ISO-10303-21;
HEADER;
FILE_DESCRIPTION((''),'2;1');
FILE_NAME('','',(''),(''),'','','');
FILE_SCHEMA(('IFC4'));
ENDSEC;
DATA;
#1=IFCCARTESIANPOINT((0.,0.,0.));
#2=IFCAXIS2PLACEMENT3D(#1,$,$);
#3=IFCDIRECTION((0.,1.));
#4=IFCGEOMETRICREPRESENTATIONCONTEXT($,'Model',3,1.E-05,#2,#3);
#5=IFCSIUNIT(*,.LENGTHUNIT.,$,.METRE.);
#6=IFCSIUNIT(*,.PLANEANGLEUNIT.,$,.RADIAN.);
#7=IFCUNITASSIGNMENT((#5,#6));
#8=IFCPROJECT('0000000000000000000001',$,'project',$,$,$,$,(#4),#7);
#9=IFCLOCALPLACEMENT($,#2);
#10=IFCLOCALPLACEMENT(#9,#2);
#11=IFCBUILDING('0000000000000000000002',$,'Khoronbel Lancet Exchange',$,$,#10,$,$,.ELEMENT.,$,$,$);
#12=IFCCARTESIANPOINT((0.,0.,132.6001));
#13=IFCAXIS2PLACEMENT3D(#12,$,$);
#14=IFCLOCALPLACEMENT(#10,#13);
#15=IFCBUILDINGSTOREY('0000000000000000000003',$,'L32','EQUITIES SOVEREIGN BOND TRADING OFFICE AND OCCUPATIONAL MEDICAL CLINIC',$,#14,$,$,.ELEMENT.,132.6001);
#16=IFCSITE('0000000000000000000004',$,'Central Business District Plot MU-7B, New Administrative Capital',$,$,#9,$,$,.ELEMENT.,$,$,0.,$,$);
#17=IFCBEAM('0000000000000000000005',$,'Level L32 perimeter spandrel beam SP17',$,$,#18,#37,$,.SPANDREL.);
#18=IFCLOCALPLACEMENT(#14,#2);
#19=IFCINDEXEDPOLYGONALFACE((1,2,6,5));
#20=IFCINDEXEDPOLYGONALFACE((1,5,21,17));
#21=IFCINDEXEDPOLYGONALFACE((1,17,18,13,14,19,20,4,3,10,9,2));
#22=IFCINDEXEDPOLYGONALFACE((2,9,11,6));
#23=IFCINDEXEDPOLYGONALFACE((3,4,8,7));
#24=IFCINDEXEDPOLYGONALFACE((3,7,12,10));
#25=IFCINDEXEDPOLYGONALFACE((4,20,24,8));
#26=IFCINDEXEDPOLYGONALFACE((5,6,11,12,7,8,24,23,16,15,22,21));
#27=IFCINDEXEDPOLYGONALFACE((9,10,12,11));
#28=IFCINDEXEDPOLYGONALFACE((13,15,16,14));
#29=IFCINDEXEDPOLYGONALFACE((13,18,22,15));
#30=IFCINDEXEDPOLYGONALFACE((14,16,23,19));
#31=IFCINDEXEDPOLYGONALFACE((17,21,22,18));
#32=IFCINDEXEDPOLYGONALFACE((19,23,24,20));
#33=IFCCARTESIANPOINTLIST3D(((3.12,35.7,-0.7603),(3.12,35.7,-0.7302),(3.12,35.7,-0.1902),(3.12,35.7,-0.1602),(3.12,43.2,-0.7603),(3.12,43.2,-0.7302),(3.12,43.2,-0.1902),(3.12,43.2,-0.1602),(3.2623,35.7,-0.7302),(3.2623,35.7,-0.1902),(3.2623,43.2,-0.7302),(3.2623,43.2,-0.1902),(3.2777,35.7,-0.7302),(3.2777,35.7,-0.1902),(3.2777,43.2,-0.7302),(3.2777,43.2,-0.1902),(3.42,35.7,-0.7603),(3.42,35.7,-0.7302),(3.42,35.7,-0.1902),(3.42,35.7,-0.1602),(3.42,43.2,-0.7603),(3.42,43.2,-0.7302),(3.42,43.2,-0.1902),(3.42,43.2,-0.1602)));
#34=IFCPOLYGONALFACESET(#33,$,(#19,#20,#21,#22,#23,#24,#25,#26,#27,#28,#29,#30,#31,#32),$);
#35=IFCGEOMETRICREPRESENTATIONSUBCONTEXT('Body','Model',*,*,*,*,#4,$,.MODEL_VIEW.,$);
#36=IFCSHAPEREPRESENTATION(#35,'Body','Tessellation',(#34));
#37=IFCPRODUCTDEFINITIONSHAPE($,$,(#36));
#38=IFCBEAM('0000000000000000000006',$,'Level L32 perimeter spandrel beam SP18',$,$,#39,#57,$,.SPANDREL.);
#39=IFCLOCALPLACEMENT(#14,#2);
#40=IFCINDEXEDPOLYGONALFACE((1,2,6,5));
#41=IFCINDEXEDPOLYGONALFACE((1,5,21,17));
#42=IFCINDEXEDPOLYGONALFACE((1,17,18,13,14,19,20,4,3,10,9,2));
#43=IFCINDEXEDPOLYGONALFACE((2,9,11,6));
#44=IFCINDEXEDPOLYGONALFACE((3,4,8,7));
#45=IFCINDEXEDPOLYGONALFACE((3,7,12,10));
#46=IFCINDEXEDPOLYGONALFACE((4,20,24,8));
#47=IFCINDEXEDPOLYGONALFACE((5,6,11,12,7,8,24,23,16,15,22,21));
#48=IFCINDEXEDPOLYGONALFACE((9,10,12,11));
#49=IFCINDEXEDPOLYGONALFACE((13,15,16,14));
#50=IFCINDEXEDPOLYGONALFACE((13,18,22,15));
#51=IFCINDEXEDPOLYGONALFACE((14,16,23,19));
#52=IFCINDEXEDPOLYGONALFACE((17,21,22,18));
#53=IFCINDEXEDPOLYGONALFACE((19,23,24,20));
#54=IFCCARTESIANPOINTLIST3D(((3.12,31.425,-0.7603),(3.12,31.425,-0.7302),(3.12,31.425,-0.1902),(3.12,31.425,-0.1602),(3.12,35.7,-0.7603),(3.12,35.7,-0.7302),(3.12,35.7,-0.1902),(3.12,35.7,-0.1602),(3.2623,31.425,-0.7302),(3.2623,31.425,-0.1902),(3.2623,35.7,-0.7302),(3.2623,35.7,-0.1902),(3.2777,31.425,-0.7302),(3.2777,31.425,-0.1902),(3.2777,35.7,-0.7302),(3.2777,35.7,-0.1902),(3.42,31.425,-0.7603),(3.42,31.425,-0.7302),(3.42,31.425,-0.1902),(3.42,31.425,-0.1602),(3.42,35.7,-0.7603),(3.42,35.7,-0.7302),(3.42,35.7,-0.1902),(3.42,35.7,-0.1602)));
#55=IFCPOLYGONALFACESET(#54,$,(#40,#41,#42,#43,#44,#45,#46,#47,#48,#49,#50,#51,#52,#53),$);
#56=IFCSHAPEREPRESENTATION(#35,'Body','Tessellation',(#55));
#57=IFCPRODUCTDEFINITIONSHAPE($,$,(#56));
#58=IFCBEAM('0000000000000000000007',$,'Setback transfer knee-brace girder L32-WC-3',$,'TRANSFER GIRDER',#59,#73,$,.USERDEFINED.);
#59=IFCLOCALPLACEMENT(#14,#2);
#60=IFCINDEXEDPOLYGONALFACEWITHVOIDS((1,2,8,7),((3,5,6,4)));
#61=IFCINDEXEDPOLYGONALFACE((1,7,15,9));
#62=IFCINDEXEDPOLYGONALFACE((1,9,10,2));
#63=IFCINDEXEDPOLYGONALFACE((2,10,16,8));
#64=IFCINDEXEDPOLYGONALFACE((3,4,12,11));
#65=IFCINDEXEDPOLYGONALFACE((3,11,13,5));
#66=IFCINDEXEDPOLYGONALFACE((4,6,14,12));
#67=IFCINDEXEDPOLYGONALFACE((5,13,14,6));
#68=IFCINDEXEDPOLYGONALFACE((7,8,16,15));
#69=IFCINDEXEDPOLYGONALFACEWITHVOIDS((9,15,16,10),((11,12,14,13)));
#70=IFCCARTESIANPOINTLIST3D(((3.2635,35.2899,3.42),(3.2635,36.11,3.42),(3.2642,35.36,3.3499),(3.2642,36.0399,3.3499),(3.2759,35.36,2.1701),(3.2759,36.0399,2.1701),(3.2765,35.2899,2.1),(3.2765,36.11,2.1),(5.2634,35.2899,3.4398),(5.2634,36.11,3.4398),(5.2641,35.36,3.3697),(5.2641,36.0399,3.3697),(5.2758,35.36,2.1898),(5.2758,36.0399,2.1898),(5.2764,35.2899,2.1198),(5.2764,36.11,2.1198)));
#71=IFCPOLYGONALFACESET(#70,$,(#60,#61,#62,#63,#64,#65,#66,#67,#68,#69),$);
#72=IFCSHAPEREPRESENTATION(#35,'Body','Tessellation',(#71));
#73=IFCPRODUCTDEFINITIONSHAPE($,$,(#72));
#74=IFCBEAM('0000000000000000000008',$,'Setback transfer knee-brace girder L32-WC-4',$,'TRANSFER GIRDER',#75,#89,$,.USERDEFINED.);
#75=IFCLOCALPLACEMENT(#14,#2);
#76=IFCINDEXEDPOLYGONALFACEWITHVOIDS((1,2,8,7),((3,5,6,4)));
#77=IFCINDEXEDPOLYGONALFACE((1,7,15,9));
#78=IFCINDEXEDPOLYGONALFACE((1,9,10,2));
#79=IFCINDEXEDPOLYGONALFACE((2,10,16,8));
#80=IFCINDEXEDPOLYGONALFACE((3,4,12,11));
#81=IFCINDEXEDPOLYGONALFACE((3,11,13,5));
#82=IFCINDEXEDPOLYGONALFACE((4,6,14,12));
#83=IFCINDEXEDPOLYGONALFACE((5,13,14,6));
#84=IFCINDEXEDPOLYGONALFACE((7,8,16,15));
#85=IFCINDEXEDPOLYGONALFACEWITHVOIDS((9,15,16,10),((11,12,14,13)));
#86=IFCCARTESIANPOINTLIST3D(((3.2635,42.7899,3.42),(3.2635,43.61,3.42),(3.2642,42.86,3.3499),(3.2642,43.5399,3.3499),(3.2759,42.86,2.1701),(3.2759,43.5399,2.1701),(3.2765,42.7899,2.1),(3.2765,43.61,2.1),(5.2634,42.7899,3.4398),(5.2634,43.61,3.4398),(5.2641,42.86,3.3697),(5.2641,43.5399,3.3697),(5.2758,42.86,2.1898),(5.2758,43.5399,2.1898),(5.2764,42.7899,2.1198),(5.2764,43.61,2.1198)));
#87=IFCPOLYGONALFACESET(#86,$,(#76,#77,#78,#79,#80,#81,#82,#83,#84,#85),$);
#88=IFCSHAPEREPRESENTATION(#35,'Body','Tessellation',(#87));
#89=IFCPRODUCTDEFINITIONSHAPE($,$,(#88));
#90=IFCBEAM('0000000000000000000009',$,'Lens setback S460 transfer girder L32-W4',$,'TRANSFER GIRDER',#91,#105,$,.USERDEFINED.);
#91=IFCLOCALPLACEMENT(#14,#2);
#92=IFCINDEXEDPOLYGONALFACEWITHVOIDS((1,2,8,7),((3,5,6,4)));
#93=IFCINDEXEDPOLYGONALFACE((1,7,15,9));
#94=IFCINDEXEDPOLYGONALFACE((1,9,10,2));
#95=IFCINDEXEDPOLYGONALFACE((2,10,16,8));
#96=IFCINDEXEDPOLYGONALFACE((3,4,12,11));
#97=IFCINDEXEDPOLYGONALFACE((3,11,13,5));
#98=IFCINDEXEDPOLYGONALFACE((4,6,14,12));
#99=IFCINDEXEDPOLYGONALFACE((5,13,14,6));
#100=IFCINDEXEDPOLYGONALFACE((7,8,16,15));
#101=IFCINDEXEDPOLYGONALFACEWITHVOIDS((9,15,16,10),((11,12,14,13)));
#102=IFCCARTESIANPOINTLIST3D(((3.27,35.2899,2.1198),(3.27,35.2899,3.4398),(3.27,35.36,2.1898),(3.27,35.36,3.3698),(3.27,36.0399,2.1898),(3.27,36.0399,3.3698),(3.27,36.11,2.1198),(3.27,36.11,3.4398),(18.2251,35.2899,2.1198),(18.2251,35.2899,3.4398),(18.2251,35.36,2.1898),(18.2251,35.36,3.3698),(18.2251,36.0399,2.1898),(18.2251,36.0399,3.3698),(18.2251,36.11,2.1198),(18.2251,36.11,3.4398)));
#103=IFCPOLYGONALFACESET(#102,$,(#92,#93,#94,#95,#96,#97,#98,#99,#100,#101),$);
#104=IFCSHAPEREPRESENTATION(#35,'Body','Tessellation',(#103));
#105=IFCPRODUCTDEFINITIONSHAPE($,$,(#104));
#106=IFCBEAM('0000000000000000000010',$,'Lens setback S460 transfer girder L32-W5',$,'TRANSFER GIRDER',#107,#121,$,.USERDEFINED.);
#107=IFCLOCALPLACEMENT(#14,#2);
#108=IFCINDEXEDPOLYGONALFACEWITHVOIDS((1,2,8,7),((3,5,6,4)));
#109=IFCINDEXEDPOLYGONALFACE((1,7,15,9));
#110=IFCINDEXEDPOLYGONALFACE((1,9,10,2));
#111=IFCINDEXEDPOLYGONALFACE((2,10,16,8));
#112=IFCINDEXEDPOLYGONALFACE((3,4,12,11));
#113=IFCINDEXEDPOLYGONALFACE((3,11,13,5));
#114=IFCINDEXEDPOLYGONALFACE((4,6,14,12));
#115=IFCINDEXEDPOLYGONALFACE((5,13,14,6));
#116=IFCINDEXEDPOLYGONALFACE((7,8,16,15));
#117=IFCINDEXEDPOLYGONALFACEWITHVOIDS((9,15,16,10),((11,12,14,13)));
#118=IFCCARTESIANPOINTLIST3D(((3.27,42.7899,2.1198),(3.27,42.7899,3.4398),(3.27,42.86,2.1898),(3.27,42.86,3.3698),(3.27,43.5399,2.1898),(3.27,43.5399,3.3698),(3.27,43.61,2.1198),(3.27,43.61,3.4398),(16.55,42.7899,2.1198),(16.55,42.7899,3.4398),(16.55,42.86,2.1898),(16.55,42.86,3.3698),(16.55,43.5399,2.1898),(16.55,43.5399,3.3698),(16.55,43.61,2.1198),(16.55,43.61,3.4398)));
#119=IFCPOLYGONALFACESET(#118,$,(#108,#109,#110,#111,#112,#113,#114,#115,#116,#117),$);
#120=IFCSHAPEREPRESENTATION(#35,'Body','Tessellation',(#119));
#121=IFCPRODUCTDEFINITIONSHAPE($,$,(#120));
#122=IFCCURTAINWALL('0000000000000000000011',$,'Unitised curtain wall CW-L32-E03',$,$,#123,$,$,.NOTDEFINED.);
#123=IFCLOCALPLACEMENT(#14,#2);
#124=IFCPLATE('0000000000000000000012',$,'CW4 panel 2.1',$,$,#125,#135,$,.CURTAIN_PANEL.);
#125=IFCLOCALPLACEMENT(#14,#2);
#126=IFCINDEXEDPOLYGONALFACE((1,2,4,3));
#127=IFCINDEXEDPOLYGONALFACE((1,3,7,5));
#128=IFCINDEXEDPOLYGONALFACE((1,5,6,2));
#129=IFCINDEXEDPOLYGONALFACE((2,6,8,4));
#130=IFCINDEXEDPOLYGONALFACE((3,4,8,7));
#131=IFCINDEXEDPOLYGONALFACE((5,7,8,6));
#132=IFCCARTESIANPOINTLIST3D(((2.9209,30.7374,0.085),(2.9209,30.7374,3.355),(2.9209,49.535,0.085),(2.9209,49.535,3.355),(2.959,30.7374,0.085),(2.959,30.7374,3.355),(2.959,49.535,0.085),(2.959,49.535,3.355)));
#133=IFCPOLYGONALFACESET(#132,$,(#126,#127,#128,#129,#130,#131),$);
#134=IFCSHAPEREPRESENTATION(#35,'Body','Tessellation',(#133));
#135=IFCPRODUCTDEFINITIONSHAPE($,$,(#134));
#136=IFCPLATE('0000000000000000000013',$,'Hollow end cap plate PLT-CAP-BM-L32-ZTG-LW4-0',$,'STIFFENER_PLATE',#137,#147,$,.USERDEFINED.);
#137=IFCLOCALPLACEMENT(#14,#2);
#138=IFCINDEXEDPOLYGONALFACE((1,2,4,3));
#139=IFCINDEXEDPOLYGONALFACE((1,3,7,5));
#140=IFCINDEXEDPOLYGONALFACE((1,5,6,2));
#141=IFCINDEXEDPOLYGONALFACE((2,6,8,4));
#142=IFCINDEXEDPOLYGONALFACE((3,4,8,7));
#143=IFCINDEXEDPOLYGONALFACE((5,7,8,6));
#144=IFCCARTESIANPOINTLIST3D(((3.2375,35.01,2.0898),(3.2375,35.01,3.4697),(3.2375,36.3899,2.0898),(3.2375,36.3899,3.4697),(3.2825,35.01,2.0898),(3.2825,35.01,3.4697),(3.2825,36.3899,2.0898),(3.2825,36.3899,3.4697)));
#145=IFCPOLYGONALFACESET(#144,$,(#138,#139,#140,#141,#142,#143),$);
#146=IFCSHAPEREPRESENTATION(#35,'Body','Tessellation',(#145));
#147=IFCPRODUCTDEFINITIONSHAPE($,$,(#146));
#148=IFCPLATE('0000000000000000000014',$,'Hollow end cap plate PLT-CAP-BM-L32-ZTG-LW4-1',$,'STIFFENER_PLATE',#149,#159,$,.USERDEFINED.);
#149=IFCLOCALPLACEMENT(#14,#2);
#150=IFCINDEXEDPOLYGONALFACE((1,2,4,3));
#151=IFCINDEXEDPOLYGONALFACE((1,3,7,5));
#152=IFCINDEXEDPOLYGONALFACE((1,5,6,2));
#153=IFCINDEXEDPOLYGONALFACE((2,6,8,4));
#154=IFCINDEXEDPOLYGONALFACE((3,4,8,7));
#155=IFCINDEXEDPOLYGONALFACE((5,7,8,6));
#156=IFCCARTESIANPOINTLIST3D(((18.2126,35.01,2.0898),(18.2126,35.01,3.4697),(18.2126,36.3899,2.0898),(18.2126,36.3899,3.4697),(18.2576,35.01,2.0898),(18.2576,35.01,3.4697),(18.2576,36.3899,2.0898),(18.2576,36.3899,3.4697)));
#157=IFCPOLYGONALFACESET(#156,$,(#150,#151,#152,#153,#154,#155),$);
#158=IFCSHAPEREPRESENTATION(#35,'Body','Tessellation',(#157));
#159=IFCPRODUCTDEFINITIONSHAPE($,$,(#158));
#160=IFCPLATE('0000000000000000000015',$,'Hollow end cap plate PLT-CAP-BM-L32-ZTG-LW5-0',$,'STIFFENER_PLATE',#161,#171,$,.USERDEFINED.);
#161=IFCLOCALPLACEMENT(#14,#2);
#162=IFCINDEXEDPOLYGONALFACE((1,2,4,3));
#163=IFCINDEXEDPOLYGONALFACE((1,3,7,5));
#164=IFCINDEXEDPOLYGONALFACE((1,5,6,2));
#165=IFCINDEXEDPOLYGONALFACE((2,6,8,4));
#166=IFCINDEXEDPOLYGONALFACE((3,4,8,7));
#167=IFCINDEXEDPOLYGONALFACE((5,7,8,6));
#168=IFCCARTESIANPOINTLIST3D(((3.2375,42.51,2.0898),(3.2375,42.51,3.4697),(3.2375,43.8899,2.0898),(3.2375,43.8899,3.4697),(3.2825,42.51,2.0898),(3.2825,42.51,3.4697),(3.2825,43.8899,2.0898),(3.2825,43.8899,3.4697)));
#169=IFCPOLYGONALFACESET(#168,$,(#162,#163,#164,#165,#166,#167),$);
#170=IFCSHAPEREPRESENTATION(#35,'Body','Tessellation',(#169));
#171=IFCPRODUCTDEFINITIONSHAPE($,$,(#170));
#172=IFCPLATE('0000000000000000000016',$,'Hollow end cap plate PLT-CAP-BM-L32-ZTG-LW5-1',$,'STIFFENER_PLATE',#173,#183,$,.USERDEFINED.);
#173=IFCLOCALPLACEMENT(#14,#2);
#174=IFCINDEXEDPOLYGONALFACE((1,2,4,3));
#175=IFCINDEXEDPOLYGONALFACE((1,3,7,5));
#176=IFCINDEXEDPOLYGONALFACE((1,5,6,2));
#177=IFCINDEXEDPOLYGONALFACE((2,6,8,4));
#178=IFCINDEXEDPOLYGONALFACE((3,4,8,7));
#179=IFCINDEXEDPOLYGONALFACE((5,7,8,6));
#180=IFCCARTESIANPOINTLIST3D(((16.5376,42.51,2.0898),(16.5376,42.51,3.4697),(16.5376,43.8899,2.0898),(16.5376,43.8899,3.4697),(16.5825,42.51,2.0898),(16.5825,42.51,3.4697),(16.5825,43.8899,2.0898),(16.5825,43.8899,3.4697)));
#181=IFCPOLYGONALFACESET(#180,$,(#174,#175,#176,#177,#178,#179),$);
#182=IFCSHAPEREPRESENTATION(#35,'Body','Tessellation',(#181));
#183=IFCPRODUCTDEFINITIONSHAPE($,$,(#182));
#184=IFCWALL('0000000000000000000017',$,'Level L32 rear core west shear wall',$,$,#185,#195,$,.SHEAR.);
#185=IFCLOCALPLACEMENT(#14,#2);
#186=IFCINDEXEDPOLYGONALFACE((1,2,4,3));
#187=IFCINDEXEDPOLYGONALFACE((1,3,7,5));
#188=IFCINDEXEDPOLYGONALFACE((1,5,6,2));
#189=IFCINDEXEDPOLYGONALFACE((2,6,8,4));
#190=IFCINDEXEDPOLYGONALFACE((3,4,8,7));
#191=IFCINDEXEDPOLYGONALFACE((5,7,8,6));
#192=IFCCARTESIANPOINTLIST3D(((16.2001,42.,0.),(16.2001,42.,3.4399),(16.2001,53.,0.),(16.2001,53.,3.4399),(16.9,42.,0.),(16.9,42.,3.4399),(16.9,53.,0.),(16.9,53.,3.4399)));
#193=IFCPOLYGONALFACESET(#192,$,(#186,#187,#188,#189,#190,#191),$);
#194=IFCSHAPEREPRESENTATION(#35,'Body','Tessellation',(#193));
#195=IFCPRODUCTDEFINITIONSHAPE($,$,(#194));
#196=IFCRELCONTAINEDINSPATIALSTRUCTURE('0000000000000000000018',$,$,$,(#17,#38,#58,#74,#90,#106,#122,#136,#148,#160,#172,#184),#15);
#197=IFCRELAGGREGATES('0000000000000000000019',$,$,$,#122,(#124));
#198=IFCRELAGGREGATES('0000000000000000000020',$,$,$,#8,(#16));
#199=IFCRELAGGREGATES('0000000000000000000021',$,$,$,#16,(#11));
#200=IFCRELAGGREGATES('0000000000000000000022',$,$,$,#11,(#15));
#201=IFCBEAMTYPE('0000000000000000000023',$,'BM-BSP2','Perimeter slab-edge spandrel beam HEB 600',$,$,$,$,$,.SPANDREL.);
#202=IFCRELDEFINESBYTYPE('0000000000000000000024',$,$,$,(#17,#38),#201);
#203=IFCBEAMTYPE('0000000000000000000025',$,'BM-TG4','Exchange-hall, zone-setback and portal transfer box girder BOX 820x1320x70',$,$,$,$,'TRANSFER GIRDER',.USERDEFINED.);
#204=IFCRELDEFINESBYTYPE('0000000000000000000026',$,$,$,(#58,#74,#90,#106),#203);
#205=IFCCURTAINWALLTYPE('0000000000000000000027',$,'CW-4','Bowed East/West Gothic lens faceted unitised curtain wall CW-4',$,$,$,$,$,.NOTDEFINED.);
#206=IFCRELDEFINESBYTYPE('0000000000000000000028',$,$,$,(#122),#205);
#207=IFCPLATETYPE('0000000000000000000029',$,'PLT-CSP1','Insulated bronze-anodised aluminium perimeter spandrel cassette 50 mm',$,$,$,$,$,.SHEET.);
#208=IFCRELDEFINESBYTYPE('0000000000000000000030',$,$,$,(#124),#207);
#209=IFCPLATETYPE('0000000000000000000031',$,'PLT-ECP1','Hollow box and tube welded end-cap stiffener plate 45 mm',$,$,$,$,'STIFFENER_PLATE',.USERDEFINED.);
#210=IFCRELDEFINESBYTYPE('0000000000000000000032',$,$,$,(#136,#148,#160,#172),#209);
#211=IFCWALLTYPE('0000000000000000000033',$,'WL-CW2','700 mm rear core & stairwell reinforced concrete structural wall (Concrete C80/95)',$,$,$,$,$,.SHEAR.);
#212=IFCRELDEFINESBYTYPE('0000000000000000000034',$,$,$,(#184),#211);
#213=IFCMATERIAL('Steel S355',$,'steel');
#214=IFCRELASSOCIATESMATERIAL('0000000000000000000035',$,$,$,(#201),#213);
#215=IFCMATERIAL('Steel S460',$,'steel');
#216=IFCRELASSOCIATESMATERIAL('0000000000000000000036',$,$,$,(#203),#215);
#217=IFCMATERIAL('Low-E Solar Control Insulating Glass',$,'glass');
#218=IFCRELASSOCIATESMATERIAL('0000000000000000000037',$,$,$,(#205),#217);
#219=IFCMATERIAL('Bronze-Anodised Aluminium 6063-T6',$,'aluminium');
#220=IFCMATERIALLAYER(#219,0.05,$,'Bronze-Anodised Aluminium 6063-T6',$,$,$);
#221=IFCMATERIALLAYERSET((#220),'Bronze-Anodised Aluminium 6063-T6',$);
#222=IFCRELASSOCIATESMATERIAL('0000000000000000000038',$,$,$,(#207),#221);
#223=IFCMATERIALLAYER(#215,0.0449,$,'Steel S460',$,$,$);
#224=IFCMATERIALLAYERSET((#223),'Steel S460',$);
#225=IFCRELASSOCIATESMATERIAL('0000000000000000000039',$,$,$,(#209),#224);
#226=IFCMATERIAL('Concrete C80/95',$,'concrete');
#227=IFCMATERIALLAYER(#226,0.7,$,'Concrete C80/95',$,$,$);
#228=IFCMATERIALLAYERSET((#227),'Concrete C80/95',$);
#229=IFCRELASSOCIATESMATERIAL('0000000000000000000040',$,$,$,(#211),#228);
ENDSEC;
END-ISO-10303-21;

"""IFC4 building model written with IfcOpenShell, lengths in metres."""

from ifc_helpers import new_model, si_unit, direction, frame, frame_2d, origin, origin_2d, place, context, subcontext, project, spatial, rectangle, hollow_rectangle, i_section, extrude, material, layer, layer_set, material_profile, profile_set, type_object, element, aggregate, save


model = new_model("IFC4")

# Units and contexts
model_context = context("Model", 3, precision=1e-05, world=origin(), true_north=direction((0.0, 1.0)))
body_context = subcontext(model_context, "Body", "Model", "MODEL_VIEW")
ifc_project = project(units=[si_unit("LENGTHUNIT", "METRE"), si_unit("PLANEANGLEUNIT", "RADIAN")], contexts=[model_context])

# Site, building, storey
site_placement = place(None, origin())
site = spatial("IfcSite", under=ifc_project, at=site_placement, Name="Central Business District Plot MU-7B, New Administrative Capital", CompositionType="ELEMENT", RefElevation=0.0)
building_placement = place(site_placement, origin())
building = spatial("IfcBuilding", under=site, at=building_placement, Name="Khoronbel Lancet Exchange", CompositionType="ELEMENT")
storey_placement = place(building_placement, frame((0.0, 0.0, 132.6001)))
storey = spatial("IfcBuildingStorey", under=building, at=storey_placement, Name="L32", Description="EQUITIES SOVEREIGN BOND TRADING OFFICE AND OCCUPATIONAL MEDICAL CLINIC", CompositionType="ELEMENT", Elevation=132.6001)

# Shared definitions
ifc_material_1 = material(Name="Steel S460", Category="steel")
ifc_material_2 = material(Name="Steel S355", Category="steel")

# Beams
ifc_material_profile_1 = material_profile(ifc_material_2, i_section(OverallWidth=0.3, OverallDepth=0.6001, WebThickness=0.0154, FlangeThickness=0.03, at=origin_2d()), Name="HEB 600")
ifc_profile_set_1 = profile_set([ifc_material_profile_1], Name="Steel S355")
beam_type_1 = type_object("IfcBeamType", Name="BM-BSP2", Description="Perimeter slab-edge spandrel beam HEB 600", PredefinedType="SPANDREL", material=ifc_profile_set_1)
beam_1_placement = place(storey_placement, frame((3.27, 43.2, -0.4602), z_axis=(0.0, -1.0, 0.0), x_axis=(1.0, 0.0, 0.0)))
element("IfcBeam", 1, at=beam_1_placement, inside=storey, type_object=beam_type_1, Name="Level L32 perimeter spandrel beam SP17", PredefinedType="SPANDREL", context=body_context, shape_type="SweptSolid", body=[
    extrude(i_section(OverallWidth=0.3, OverallDepth=0.6001, WebThickness=0.0154, FlangeThickness=0.03, at=origin_2d()), origin(), (0.0, 0.0, 1.0), 7.5),
])
beam_2_placement = place(storey_placement, frame((3.27, 35.7, -0.4602), z_axis=(0.0, -1.0, 0.0), x_axis=(1.0, 0.0, 0.0)))
element("IfcBeam", 2, at=beam_2_placement, inside=storey, type_object=beam_type_1, Name="Level L32 perimeter spandrel beam SP18", PredefinedType="SPANDREL", context=body_context, shape_type="SweptSolid", body=[
    extrude(i_section(OverallWidth=0.3, OverallDepth=0.6001, WebThickness=0.0154, FlangeThickness=0.03, at=origin_2d()), origin(), (0.0, 0.0, 1.0), 4.2749),
])
ifc_material_profile_2 = material_profile(ifc_material_1, hollow_rectangle(XDim=0.8201, YDim=1.3201, WallThickness=0.0701, at=origin_2d()), Name="BOX 820x1320x70")
ifc_profile_set_2 = profile_set([ifc_material_profile_2], Name="Steel S460")
beam_type_2 = type_object("IfcBeamType", Name="BM-TG4", Description="Exchange-hall, zone-setback and portal transfer box girder BOX 820x1320x70", ElementType="TRANSFER GIRDER", PredefinedType="USERDEFINED", material=ifc_profile_set_2)
for number, where, z_axis, x_axis, name in (
    (3, (3.27, 35.7, 2.76), (0.999951, 0.0, 0.009887), (0.0, 1.0, 0.0), "Setback transfer knee-brace girder L32-WC-3"),
    (4, (3.27, 43.2, 2.76), (0.999951, 0.0, 0.009887), (0.0, 1.0, 0.0), "Setback transfer knee-brace girder L32-WC-4"),
):
    element("IfcBeam", number, at=place(storey_placement, frame(where, z_axis=z_axis, x_axis=x_axis)), inside=storey, type_object=beam_type_2, Name=name, ObjectType="TRANSFER GIRDER", PredefinedType="USERDEFINED", context=body_context, shape_type="SweptSolid", body=[
        extrude(hollow_rectangle(XDim=0.8201, YDim=1.3201, WallThickness=0.0701, at=origin_2d()), origin(), (0.0, 0.0, 1.0), 2.0),
    ])
beam_3_placement = place(storey_placement, frame((3.27, 35.7, 2.7798), z_axis=(1.0, 0.0, 0.0), x_axis=(0.0, 1.0, 0.0)))
element("IfcBeam", 5, at=beam_3_placement, inside=storey, type_object=beam_type_2, Name="Lens setback S460 transfer girder L32-W4", ObjectType="TRANSFER GIRDER", PredefinedType="USERDEFINED", context=body_context, shape_type="SweptSolid", body=[
    extrude(hollow_rectangle(XDim=0.8201, YDim=1.3201, WallThickness=0.0701, at=origin_2d()), origin(), (0.0, 0.0, 1.0), 14.9551),
])
beam_4_placement = place(storey_placement, frame((3.27, 43.2, 2.7798), z_axis=(1.0, 0.0, 0.0), x_axis=(0.0, 1.0, 0.0)))
element("IfcBeam", 6, at=beam_4_placement, inside=storey, type_object=beam_type_2, Name="Lens setback S460 transfer girder L32-W5", ObjectType="TRANSFER GIRDER", PredefinedType="USERDEFINED", context=body_context, shape_type="SweptSolid", body=[
    extrude(hollow_rectangle(XDim=0.8201, YDim=1.3201, WallThickness=0.0701, at=origin_2d()), origin(), (0.0, 0.0, 1.0), 13.28),
])

# Curtain wall, plate
ifc_material_3 = material(Name="Low-E Solar Control Insulating Glass", Category="glass")
curtain_wall_type = type_object("IfcCurtainWallType", Name="CW-4", Description="Bowed East/West Gothic lens faceted unitised curtain wall CW-4", PredefinedType="NOTDEFINED", material=ifc_material_3)
curtain_wall_placement = place(storey_placement, origin())
curtain_wall = element("IfcCurtainWall", 7, at=curtain_wall_placement, inside=storey, type_object=curtain_wall_type, Name="Unitised curtain wall CW-L32-E03", PredefinedType="NOTDEFINED")
ifc_material_4 = material(Name="Bronze-Anodised Aluminium 6063-T6", Category="aluminium")
ifc_layer_1 = layer(ifc_material_4, 0.05, Name="Bronze-Anodised Aluminium 6063-T6")
ifc_layer_set_1 = layer_set([ifc_layer_1], Name="Bronze-Anodised Aluminium 6063-T6")
plate_type_1 = type_object("IfcPlateType", Name="PLT-CSP1", Description="Insulated bronze-anodised aluminium perimeter spandrel cassette 50 mm", PredefinedType="SHEET", material=ifc_layer_set_1)
plate_placement = place(storey_placement, frame((2.9399, 40.1362, 0.085), z_axis=(0.0, 0.0, 1.0), x_axis=(0.0, 1.0, 0.0)))
plate = element("IfcPlate", 8, at=plate_placement, type_object=plate_type_1, Name="CW4 panel 2.1", PredefinedType="CURTAIN_PANEL", context=body_context, shape_type="SweptSolid", body=[
    extrude(rectangle(XDim=18.7976, YDim=0.0381, at=origin_2d()), origin(), (0.0, 0.0, 1.0), 3.27),
])
aggregate(curtain_wall, [plate])

# Plates
ifc_layer_2 = layer(ifc_material_1, 0.0449, Name="Steel S460")
ifc_layer_set_2 = layer_set([ifc_layer_2], Name="Steel S460")
plate_type_2 = type_object("IfcPlateType", Name="PLT-ECP1", Description="Hollow box and tube welded end-cap stiffener plate 45 mm", ElementType="STIFFENER_PLATE", PredefinedType="USERDEFINED", material=ifc_layer_set_2)
for number, where, z_axis, x_axis, name in (
    (9, (3.26, 35.7, 2.0898), (0.0, 0.0, 1.0), (-1.0, 0.0, 0.0), "Hollow end cap plate PLT-CAP-BM-L32-ZTG-LW4-0"),
    (10, (18.2351, 35.7, 2.0898), (0.0, 0.0, 1.0), (1.0, 0.0, 0.0), "Hollow end cap plate PLT-CAP-BM-L32-ZTG-LW4-1"),
    (11, (3.26, 43.2, 2.0898), (0.0, 0.0, 1.0), (-1.0, 0.0, 0.0), "Hollow end cap plate PLT-CAP-BM-L32-ZTG-LW5-0"),
    (12, (16.5601, 43.2, 2.0898), (0.0, 0.0, 1.0), (1.0, 0.0, 0.0), "Hollow end cap plate PLT-CAP-BM-L32-ZTG-LW5-1"),
):
    element("IfcPlate", number, at=place(storey_placement, frame(where, z_axis=z_axis, x_axis=x_axis)), inside=storey, type_object=plate_type_2, Name=name, ObjectType="STIFFENER_PLATE", PredefinedType="USERDEFINED", context=body_context, shape_type="SweptSolid", body=[
        extrude(rectangle(XDim=0.0449, YDim=1.3799, at=origin_2d()), origin(), (0.0, 0.0, 1.0), 1.3799),
    ])

# Wall
ifc_material_5 = material(Name="Concrete C80/95", Category="concrete")
ifc_layer_3 = layer(ifc_material_5, 0.7, Name="Concrete C80/95")
ifc_layer_set_3 = layer_set([ifc_layer_3], Name="Concrete C80/95")
wall_type_1 = type_object("IfcWallType", Name="WL-CW2", Description="700 mm rear core & stairwell reinforced concrete structural wall (Concrete C80/95)", PredefinedType="SHEAR", material=ifc_layer_set_3)
wall_1_placement = place(storey_placement, frame((16.55, 42.0, 0.0), z_axis=(0.0, 0.0, 1.0), x_axis=(0.0, 1.0, 0.0)))
element("IfcWall", 13, at=wall_1_placement, inside=storey, type_object=wall_type_1, Name="Level L32 rear core west shear wall", PredefinedType="SHEAR", context=body_context, shape_type="SweptSolid", body=[
    extrude(rectangle(XDim=11.0, YDim=0.7, at=frame_2d((5.5, 0.0))), origin(), (0.0, 0.0, 1.0), 3.4399),
])

save(model, "model.ifc")
